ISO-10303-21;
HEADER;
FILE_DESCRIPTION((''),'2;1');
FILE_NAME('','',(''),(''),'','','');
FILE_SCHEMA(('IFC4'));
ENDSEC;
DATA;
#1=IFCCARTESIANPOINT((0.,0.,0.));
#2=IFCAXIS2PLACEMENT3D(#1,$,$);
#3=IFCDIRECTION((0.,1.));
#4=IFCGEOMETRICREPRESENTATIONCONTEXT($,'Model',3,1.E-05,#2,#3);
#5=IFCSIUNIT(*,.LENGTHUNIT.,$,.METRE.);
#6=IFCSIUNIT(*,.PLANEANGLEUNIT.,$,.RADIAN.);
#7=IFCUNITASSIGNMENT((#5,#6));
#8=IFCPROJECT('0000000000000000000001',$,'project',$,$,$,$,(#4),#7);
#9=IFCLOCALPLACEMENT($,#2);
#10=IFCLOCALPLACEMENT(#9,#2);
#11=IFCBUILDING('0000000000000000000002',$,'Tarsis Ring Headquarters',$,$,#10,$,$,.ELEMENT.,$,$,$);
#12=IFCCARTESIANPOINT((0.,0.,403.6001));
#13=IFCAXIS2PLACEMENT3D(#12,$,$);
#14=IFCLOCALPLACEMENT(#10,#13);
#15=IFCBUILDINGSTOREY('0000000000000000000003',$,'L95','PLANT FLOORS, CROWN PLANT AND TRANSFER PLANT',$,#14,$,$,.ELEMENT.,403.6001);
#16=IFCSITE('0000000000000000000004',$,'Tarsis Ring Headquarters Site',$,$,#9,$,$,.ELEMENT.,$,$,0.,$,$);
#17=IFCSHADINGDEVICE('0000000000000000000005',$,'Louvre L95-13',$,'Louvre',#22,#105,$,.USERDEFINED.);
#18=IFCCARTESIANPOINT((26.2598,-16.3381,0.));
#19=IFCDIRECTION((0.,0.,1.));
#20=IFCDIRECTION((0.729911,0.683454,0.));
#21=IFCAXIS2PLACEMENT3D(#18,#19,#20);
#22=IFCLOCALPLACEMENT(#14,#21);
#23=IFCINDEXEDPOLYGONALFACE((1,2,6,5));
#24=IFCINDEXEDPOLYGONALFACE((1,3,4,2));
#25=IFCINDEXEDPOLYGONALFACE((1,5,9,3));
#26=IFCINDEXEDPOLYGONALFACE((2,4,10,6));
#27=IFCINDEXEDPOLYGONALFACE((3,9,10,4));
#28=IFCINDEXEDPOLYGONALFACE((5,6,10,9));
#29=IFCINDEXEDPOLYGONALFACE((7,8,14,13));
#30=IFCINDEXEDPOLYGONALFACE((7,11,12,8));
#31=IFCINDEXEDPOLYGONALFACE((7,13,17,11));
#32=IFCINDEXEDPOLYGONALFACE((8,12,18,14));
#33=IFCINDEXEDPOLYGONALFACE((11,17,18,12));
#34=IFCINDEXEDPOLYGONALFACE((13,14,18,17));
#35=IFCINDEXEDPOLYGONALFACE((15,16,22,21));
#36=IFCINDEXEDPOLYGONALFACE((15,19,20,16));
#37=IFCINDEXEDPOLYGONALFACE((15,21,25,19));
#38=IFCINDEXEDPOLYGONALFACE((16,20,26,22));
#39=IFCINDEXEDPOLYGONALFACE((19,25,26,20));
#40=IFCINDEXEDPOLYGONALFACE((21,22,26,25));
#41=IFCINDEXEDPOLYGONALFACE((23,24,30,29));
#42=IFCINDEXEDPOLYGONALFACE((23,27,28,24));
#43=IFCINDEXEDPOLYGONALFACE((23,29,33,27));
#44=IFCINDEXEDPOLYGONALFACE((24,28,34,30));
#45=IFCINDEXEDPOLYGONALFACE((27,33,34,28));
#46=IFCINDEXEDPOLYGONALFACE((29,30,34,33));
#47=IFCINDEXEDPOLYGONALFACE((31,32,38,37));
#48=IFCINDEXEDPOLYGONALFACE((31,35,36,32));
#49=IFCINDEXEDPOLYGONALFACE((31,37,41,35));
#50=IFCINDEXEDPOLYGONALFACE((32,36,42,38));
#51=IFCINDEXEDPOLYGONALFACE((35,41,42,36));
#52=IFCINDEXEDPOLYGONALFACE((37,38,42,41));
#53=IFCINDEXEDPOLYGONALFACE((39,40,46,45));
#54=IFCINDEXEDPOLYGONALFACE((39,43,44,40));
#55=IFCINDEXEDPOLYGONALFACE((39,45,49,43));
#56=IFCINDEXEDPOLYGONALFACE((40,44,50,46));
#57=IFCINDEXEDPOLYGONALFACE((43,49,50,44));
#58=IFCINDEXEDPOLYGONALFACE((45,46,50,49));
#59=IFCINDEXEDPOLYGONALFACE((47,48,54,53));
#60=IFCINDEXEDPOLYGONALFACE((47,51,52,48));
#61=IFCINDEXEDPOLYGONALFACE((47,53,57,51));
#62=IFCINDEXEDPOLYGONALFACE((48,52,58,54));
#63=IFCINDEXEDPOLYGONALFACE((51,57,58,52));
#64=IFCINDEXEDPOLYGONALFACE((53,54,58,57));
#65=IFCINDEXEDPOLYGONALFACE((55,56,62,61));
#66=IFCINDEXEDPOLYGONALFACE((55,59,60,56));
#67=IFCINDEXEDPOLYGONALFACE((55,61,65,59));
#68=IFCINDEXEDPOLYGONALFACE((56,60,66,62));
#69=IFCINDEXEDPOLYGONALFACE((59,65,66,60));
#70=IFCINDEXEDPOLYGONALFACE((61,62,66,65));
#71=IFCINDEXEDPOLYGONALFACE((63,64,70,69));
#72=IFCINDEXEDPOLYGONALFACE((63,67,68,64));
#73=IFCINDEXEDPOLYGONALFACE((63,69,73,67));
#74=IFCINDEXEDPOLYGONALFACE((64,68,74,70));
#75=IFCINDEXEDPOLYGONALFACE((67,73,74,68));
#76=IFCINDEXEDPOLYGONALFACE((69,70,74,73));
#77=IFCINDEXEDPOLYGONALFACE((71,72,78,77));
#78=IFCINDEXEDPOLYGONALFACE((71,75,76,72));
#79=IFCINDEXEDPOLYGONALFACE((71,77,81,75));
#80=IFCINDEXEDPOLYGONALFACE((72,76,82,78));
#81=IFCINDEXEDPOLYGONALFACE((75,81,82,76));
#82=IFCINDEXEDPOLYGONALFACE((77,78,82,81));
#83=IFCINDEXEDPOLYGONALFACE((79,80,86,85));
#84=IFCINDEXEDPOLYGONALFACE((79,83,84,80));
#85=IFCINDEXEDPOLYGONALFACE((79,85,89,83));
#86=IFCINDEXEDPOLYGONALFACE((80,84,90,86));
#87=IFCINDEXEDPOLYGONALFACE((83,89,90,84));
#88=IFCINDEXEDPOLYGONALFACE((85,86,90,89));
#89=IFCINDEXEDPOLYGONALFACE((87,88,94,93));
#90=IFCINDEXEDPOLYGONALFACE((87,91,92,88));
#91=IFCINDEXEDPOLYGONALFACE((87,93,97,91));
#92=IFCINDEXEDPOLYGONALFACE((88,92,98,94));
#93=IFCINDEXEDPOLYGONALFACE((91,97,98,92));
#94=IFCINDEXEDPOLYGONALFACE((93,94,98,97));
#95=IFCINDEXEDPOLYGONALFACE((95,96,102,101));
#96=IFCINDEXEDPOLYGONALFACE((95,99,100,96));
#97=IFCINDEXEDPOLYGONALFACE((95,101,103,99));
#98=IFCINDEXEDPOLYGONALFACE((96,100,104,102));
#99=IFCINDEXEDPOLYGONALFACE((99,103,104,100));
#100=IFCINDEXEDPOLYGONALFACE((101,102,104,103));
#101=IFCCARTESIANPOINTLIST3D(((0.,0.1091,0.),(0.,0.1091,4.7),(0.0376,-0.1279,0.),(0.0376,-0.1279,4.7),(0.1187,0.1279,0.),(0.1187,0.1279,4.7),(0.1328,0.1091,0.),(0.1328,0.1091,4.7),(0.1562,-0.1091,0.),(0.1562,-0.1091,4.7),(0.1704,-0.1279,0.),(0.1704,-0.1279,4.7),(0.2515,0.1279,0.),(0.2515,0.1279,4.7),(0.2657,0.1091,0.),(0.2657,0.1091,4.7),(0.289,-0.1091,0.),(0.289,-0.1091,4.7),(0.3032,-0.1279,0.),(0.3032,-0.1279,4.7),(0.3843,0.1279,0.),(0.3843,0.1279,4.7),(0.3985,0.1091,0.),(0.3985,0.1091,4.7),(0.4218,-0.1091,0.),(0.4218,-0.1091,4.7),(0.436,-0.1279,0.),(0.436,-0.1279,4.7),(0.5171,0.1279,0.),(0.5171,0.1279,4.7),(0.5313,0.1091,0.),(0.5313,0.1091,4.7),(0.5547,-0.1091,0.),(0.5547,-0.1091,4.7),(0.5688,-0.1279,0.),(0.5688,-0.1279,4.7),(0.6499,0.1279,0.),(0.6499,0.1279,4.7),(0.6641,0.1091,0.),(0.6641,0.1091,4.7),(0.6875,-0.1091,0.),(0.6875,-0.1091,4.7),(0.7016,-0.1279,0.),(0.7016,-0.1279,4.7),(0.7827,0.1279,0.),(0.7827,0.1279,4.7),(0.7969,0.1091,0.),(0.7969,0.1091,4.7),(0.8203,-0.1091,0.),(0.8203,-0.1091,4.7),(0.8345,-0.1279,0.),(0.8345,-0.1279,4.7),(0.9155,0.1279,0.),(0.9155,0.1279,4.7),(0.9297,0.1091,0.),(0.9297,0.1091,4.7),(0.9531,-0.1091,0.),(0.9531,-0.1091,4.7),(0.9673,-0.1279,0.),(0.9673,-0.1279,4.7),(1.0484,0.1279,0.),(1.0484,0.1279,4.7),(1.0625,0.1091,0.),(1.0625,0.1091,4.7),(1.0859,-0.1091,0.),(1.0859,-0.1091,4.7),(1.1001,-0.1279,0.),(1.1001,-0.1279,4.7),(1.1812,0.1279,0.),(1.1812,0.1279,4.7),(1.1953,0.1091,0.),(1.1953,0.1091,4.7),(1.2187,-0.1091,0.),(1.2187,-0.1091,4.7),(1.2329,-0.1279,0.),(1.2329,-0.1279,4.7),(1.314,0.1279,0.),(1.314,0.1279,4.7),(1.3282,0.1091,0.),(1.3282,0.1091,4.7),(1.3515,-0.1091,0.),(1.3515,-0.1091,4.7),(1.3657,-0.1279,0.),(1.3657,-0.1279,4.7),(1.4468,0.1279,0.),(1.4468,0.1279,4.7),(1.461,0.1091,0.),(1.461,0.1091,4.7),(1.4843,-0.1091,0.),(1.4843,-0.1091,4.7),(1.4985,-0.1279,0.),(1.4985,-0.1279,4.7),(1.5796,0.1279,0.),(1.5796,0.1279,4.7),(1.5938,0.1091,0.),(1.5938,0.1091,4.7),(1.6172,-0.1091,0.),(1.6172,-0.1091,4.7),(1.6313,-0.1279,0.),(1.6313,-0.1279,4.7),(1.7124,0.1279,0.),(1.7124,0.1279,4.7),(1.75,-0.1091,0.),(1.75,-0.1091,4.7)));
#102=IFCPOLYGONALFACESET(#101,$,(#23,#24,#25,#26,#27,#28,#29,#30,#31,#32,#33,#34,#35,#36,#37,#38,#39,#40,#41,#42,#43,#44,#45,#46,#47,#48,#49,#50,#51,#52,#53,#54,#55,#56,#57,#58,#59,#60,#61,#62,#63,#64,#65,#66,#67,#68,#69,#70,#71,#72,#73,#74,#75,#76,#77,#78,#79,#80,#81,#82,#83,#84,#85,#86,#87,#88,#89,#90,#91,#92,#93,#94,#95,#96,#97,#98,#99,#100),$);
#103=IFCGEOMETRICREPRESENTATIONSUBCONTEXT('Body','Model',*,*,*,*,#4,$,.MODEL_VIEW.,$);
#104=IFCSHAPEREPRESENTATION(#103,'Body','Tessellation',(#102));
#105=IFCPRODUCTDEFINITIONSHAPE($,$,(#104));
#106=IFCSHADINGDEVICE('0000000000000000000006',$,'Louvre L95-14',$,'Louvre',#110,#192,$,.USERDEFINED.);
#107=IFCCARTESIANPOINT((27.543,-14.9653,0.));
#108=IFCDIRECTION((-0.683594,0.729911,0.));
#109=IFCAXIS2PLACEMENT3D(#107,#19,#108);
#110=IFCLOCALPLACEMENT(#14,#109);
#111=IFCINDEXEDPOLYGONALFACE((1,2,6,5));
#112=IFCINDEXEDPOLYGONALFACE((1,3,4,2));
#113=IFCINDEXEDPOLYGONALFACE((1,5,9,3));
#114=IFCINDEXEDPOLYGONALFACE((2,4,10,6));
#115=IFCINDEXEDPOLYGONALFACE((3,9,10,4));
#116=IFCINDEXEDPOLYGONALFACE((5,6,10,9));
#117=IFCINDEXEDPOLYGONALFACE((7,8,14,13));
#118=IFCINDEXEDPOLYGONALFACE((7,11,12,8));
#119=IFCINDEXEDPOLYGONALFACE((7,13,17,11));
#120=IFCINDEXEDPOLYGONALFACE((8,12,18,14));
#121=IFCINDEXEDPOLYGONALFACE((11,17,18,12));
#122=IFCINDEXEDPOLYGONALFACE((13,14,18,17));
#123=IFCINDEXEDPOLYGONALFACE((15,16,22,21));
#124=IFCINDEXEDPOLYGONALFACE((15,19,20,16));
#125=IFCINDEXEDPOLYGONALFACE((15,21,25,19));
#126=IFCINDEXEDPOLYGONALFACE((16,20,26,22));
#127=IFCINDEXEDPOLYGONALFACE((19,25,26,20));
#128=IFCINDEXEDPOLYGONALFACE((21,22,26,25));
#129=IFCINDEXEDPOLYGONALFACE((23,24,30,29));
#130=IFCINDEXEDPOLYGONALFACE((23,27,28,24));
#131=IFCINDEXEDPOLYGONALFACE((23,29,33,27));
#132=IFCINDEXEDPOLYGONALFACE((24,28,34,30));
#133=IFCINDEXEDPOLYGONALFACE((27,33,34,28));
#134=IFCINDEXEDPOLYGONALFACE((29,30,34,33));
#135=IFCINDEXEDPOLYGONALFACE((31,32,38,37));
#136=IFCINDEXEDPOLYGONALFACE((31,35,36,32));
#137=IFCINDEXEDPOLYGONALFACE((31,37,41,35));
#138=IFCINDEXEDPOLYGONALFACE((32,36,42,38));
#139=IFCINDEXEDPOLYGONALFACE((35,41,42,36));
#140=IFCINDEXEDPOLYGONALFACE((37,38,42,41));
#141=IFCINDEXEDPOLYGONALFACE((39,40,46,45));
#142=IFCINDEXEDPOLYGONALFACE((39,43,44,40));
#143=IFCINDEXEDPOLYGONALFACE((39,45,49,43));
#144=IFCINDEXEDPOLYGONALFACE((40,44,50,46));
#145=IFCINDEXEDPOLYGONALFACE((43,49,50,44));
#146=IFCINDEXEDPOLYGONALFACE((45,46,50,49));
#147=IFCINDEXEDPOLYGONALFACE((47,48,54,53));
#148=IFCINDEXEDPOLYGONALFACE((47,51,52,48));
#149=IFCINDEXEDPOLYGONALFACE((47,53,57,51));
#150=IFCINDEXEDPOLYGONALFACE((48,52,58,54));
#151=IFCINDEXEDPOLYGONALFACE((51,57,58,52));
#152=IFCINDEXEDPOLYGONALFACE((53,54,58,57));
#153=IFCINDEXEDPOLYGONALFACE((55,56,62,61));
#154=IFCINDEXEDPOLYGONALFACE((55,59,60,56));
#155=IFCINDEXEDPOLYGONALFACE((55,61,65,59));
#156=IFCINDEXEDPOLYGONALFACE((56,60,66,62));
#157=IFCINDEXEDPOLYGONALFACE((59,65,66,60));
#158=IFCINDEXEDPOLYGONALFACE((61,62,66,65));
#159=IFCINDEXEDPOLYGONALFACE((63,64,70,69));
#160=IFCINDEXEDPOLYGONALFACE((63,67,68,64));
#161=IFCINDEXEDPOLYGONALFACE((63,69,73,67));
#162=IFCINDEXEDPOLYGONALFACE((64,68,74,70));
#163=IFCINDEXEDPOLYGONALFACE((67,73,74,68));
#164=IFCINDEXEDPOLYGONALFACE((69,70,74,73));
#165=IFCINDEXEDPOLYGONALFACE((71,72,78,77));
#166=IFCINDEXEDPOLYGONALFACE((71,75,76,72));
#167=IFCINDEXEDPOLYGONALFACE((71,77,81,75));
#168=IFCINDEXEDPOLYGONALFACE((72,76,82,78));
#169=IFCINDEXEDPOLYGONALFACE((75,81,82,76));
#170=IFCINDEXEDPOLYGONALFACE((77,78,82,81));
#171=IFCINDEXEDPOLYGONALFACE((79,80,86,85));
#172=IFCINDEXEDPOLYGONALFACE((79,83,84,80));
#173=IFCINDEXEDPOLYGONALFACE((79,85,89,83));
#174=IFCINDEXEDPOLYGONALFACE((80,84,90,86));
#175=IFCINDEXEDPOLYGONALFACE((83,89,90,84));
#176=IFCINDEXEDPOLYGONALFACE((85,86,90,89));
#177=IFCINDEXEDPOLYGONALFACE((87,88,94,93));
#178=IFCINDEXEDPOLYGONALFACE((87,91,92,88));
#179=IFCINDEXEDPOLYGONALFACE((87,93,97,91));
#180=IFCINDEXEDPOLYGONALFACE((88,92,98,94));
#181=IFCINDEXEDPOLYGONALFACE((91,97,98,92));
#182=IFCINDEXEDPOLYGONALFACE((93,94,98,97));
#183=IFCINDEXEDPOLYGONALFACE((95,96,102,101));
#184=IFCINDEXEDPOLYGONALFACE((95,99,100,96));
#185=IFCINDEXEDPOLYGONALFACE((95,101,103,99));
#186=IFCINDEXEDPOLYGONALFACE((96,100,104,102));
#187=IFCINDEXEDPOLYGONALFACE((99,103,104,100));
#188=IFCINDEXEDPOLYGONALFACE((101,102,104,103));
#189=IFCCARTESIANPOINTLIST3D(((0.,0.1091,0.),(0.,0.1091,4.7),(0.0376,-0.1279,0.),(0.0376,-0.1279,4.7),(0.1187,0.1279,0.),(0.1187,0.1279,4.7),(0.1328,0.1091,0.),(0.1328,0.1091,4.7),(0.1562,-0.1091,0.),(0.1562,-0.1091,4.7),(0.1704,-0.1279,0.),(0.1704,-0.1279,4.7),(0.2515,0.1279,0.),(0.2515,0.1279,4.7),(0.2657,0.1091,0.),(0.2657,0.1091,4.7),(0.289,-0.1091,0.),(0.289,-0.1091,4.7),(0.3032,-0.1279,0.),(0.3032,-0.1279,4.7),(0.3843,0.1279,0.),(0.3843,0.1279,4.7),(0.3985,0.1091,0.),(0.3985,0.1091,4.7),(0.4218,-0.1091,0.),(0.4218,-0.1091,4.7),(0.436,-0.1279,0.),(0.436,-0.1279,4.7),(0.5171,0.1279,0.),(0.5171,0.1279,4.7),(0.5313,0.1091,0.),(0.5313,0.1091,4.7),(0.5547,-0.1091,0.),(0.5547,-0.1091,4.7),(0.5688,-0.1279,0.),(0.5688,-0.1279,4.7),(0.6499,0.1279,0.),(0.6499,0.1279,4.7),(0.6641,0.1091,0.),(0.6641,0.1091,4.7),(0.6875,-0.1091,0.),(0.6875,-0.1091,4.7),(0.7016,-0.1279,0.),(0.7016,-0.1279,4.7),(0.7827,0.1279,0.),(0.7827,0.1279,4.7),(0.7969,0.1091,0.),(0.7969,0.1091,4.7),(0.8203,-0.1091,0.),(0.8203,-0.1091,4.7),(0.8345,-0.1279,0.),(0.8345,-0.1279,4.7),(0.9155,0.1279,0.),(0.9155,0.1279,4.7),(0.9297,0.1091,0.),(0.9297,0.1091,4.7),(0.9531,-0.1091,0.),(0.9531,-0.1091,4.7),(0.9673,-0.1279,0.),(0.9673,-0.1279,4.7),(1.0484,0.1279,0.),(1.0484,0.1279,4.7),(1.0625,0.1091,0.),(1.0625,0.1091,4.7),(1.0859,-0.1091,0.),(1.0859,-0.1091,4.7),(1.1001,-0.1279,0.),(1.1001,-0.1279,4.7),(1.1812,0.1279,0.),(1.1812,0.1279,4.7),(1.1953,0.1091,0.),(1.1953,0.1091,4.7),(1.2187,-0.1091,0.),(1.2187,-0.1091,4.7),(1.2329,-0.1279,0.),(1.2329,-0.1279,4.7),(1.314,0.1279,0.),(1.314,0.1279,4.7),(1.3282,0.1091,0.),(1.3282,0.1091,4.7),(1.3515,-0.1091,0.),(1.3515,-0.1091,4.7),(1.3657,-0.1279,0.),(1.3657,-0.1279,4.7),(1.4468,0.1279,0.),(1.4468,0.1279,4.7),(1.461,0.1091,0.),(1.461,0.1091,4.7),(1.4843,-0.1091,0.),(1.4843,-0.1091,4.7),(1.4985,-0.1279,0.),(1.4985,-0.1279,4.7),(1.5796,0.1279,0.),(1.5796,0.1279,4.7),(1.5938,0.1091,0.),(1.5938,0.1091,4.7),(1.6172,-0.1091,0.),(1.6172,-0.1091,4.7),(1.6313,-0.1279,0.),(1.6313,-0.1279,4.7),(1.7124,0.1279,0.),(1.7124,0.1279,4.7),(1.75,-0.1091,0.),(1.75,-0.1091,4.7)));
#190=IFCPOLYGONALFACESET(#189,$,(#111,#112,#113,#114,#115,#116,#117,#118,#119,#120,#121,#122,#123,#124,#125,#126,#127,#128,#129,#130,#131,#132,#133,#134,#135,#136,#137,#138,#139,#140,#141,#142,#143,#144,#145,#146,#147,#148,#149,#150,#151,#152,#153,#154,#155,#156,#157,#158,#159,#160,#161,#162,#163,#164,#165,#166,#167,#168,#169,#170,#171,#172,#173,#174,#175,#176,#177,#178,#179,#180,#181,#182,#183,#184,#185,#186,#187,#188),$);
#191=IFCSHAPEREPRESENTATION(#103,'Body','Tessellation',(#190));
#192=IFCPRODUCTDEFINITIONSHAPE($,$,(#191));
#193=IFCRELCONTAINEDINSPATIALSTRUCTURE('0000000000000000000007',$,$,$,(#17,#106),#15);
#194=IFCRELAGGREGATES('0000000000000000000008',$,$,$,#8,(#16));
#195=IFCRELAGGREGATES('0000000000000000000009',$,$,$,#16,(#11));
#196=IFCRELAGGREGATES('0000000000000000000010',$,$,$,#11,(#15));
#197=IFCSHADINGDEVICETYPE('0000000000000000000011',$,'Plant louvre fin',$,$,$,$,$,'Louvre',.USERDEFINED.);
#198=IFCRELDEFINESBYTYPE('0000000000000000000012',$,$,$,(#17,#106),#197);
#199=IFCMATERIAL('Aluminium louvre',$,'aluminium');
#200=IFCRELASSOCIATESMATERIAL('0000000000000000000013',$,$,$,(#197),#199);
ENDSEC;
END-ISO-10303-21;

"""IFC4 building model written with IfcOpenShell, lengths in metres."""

from ifc_helpers import new_model, si_unit, direction, frame, frame_2d, origin, place, context, subcontext, project, spatial, rectangle, composite_profile, extrude, material, type_object, element, save


model = new_model("IFC4")

# Units and contexts
model_context = context("Model", 3, precision=1e-05, world=origin(), true_north=direction((0.0, 1.0)))
body_context = subcontext(model_context, "Body", "Model", "MODEL_VIEW")
ifc_project = project(units=[si_unit("LENGTHUNIT", "METRE"), si_unit("PLANEANGLEUNIT", "RADIAN")], contexts=[model_context])

# Site, building, storey
site_placement = place(None, origin())
site = spatial("IfcSite", under=ifc_project, at=site_placement, Name="Tarsis Ring Headquarters Site", CompositionType="ELEMENT", RefElevation=0.0)
building_placement = place(site_placement, origin())
building = spatial("IfcBuilding", under=site, at=building_placement, Name="Tarsis Ring Headquarters", CompositionType="ELEMENT")
storey_placement = place(building_placement, frame((0.0, 0.0, 403.6001)))
storey = spatial("IfcBuildingStorey", under=building, at=storey_placement, Name="L95", Description="PLANT FLOORS, CROWN PLANT AND TRANSFER PLANT", CompositionType="ELEMENT", Elevation=403.6001)

# Shading devices
ifc_material_1 = material(Name="Aluminium louvre", Category="aluminium")
shading_device_type_1 = type_object("IfcShadingDeviceType", Name="Plant louvre fin", ElementType="Louvre", PredefinedType="USERDEFINED", material=ifc_material_1)
for number, where, z_axis, x_axis, name in (
    (1, (26.2598, -16.3381, 0.0), (0.0, 0.0, 1.0), (0.729911, 0.683454, 0.0), "Louvre L95-13"),
    (2, (27.543, -14.9653, 0.0), (0.0, 0.0, 1.0), (-0.683594, 0.729911, 0.0), "Louvre L95-14"),
):
    element("IfcShadingDevice", number, at=place(storey_placement, frame(where, z_axis=z_axis, x_axis=x_axis)), inside=storey, type_object=shading_device_type_1, Name=name, ObjectType="Louvre", PredefinedType="USERDEFINED", context=body_context, shape_type="SweptSolid", body=[
        extrude(composite_profile([rectangle(XDim=0.1201, YDim=0.24, at=frame_2d((0.0781, 0.0), x_axis=(0.987688, 0.156434))), rectangle(XDim=0.1201, YDim=0.24, at=frame_2d((0.2109, 0.0), x_axis=(0.987688, 0.156434))), rectangle(XDim=0.1201, YDim=0.24, at=frame_2d((0.3438, 0.0), x_axis=(0.987688, 0.156434))), rectangle(XDim=0.1201, YDim=0.24, at=frame_2d((0.4766, 0.0), x_axis=(0.987688, 0.156434))), rectangle(XDim=0.1201, YDim=0.24, at=frame_2d((0.6094, 0.0), x_axis=(0.987688, 0.156434))), rectangle(XDim=0.1201, YDim=0.24, at=frame_2d((0.7422, 0.0), x_axis=(0.987688, 0.156434))), rectangle(XDim=0.1201, YDim=0.24, at=frame_2d((0.875, 0.0), x_axis=(0.987688, 0.156434))), rectangle(XDim=0.1201, YDim=0.24, at=frame_2d((1.0078, 0.0), x_axis=(0.987688, 0.156434))), rectangle(XDim=0.1201, YDim=0.24, at=frame_2d((1.1406, 0.0), x_axis=(0.987688, 0.156434))), rectangle(XDim=0.1201, YDim=0.24, at=frame_2d((1.2734, 0.0), x_axis=(0.987688, 0.156434))), rectangle(XDim=0.1201, YDim=0.24, at=frame_2d((1.4062, 0.0), x_axis=(0.987688, 0.156434))), rectangle(XDim=0.1201, YDim=0.24, at=frame_2d((1.5391, 0.0), x_axis=(0.987688, 0.156434))), rectangle(XDim=0.1201, YDim=0.24, at=frame_2d((1.6719, 0.0), x_axis=(0.987688, 0.156434)))]), origin(), (0.0, 0.0, 1.0), 4.7),
    ])

save(model, "model.ifc")
